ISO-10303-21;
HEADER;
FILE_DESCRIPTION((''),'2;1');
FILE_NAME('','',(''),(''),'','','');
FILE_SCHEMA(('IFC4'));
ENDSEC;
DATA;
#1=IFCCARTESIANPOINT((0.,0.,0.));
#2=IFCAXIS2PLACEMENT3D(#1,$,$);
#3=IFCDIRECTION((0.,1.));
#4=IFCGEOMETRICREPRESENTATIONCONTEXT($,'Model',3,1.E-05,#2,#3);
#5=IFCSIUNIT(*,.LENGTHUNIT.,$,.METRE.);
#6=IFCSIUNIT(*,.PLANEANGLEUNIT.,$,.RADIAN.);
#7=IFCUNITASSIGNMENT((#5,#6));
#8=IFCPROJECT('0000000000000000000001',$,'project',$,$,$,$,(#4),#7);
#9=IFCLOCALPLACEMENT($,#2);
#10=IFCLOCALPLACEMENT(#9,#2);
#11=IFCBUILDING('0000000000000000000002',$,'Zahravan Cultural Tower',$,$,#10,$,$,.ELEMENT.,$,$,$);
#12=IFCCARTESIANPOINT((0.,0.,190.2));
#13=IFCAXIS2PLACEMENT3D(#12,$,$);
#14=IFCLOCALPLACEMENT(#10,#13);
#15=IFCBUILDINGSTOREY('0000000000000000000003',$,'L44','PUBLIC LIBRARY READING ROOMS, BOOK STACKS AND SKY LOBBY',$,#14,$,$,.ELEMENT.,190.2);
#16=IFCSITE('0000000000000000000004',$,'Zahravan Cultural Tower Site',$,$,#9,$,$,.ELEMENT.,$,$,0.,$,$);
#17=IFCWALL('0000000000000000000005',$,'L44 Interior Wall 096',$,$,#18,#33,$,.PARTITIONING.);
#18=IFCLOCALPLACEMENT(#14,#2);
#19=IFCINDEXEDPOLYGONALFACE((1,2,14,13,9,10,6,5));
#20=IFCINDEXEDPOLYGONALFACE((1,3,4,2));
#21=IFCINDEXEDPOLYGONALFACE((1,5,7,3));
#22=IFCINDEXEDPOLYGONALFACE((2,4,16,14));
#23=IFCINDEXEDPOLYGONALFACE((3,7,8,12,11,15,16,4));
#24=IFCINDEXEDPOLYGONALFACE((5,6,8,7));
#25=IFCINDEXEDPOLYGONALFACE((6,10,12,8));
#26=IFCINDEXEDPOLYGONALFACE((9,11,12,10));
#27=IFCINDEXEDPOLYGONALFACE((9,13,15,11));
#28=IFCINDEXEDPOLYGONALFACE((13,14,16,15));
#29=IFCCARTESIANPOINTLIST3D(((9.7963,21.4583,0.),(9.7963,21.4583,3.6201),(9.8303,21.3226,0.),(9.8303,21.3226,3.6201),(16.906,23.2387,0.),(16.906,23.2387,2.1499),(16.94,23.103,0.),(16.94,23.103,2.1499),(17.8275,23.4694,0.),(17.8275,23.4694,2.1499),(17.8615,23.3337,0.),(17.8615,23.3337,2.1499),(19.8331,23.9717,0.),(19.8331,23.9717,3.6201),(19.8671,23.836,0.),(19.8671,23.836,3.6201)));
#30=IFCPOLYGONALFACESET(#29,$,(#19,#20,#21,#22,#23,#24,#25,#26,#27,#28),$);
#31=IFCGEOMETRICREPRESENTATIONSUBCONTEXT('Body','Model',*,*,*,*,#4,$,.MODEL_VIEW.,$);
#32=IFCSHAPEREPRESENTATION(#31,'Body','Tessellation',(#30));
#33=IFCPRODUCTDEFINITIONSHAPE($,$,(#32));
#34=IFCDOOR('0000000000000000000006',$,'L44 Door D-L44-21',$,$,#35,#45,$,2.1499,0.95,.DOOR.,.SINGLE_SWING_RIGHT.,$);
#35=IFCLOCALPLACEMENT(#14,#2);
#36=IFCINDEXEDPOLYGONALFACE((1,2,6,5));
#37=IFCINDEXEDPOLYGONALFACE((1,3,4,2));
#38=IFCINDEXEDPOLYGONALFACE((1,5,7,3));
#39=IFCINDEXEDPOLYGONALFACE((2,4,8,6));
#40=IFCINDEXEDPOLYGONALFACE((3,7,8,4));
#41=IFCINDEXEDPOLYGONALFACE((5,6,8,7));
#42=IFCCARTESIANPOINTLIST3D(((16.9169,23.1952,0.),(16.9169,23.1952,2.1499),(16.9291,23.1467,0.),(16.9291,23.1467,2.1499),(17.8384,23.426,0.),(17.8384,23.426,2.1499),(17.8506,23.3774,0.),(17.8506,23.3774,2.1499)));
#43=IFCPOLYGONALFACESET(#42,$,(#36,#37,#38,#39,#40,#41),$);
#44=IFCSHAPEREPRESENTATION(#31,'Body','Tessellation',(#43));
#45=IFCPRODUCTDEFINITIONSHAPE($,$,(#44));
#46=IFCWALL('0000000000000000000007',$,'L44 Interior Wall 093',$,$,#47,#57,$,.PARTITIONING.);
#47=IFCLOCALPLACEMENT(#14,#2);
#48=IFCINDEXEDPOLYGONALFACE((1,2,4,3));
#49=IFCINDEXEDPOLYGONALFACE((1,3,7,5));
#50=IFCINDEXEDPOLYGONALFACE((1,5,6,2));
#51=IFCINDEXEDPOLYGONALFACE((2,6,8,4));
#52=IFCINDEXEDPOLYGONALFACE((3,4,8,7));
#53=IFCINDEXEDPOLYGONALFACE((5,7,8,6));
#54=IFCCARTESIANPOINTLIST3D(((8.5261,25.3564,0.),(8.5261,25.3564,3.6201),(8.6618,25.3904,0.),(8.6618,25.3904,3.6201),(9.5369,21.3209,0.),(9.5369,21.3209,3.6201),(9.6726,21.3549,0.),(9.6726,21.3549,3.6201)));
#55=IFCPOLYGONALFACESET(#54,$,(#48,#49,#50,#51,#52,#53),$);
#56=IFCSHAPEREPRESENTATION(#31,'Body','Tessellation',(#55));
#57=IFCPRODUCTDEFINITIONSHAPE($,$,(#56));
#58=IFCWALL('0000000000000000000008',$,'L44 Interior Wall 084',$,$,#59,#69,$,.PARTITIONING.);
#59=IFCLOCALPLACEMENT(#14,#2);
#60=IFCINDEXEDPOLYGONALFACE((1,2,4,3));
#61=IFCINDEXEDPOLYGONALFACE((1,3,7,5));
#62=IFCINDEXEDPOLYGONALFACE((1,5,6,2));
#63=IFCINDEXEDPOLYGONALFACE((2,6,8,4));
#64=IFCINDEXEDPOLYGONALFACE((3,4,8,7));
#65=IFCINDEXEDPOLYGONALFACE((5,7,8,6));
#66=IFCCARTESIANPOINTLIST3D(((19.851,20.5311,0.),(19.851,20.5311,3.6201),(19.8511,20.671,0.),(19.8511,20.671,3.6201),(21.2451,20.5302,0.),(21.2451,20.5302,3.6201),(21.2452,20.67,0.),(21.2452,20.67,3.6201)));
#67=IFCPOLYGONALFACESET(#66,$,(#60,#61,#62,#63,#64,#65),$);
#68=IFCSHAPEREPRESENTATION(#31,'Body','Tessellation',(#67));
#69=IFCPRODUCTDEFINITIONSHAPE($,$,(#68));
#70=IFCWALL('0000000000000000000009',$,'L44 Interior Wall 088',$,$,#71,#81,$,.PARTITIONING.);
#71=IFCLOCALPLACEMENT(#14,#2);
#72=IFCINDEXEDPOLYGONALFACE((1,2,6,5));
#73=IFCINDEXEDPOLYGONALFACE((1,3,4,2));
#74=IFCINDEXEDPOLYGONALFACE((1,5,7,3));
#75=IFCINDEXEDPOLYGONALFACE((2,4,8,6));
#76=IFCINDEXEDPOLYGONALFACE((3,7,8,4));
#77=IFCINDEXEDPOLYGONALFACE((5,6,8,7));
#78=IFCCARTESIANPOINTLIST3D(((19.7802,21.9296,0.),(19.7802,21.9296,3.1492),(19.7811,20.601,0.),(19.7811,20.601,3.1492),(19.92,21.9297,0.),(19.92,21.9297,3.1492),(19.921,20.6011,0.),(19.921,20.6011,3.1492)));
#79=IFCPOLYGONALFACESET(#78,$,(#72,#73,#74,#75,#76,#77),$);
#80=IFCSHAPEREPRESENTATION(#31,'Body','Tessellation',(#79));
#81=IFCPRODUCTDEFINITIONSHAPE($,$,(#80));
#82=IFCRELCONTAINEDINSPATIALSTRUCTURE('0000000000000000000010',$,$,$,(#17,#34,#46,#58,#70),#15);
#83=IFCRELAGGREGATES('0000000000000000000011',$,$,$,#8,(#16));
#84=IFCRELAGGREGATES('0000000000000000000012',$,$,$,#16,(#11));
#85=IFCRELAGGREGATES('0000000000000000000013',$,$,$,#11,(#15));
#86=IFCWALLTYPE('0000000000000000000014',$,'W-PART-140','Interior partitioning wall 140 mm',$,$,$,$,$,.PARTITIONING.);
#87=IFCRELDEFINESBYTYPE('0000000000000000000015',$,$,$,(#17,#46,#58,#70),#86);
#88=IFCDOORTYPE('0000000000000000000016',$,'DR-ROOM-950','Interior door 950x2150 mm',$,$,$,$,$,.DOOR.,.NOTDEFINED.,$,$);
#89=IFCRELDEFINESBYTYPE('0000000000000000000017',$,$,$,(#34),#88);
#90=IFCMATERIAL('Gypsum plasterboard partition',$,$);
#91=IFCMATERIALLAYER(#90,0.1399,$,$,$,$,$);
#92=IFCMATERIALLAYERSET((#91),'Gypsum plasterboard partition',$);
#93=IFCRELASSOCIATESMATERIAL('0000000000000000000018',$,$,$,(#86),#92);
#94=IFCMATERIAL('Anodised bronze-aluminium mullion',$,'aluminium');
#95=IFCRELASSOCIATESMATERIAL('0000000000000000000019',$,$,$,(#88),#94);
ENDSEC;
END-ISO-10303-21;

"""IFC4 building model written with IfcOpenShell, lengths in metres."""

from ifc_helpers import new_model, si_unit, direction, frame, frame_2d, origin, place, context, subcontext, project, spatial, rectangle, extrude, source, transform, mapped, material, layer, layer_set, type_object, element, fill, save


model = new_model("IFC4")

# Units and contexts
model_context = context("Model", 3, precision=1e-05, world=origin(), true_north=direction((0.0, 1.0)))
body_context = subcontext(model_context, "Body", "Model", "MODEL_VIEW")
ifc_project = project(units=[si_unit("LENGTHUNIT", "METRE"), si_unit("PLANEANGLEUNIT", "RADIAN")], contexts=[model_context])

# Site, building, storey
site_placement = place(None, origin())
site = spatial("IfcSite", under=ifc_project, at=site_placement, Name="Zahravan Cultural Tower Site", CompositionType="ELEMENT", RefElevation=0.0)
building_placement = place(site_placement, origin())
building = spatial("IfcBuilding", under=site, at=building_placement, Name="Zahravan Cultural Tower", CompositionType="ELEMENT")
storey_placement = place(building_placement, frame((0.0, 0.0, 190.2)))
storey = spatial("IfcBuildingStorey", under=building, at=storey_placement, Name="L44", Description="PUBLIC LIBRARY READING ROOMS, BOOK STACKS AND SKY LOBBY", CompositionType="ELEMENT", Elevation=190.2)

# Shared definitions
ifc_material_1 = material(Name="Anodised bronze-aluminium mullion", Category="aluminium")

# Wall, opening, door
ifc_material_2 = material(Name="Gypsum plasterboard partition")
ifc_layer_1 = layer(ifc_material_2, 0.1399)
ifc_layer_set_1 = layer_set([ifc_layer_1], Name="Gypsum plasterboard partition")
wall_type = type_object("IfcWallType", Name="W-PART-140", Description="Interior partitioning wall 140 mm", PredefinedType="PARTITIONING", material=ifc_layer_set_1)
door_type = type_object("IfcDoorType", Name="DR-ROOM-950", Description="Interior door 950x2150 mm", OperationType="NOTDEFINED", PredefinedType="DOOR", material=ifc_material_1)
shared_shape_1 = source(origin(), body_context, "Body", "SweptSolid", [
    extrude(rectangle(XDim=0.95, YDim=2.1499, at=frame_2d((0.4751, 1.075))), frame((0.0, 0.0249, 0.0), z_axis=(0.0, -1.0, 0.0), x_axis=(1.0, 0.0, 0.0)), (0.0, 0.0, 1.0), 0.05),
])
wall_1_placement = place(storey_placement, frame((19.8501, 23.9038, 0.0), z_axis=(0.0, 0.0, 1.0), x_axis=(-0.970047, -0.242919, 0.0)))
wall_1 = element("IfcWall", 1, at=wall_1_placement, inside=storey, type_object=wall_type, Name="L44 Interior Wall 096", PredefinedType="PARTITIONING", context=body_context, shape_type="SweptSolid", body=[
    extrude(rectangle(XDim=10.3467, YDim=0.1399, at=frame_2d((5.1733, 0.0))), origin(), (0.0, 0.0, 1.0), 3.6201),
])
opening_1_placement = place(wall_1_placement, frame((2.0674, 0.0, 0.0)))
opening_1 = element("IfcOpeningElement", 2, at=opening_1_placement, cuts=wall_1, PredefinedType="OPENING", context=body_context, shape_type="SweptSolid", body=[
    extrude(rectangle(XDim=0.95, YDim=2.1499, at=frame_2d((0.4751, 1.075))), frame((0.0, 0.0798, 0.0), z_axis=(0.0, -1.0, 0.0), x_axis=(1.0, 0.0, 0.0)), (0.0, 0.0, 1.0), 0.1599),
])
door_1_placement = place(opening_1_placement, origin())
door_1 = element("IfcDoor", 3, at=door_1_placement, inside=storey, type_object=door_type, Name="L44 Door D-L44-21", OperationType="SINGLE_SWING_RIGHT", OverallHeight=2.1499, OverallWidth=0.95, PredefinedType="DOOR", context=body_context, shape_type="MappedRepresentation", body=[
    mapped(shared_shape_1, transform((0.0, 0.0, 0.0), x_axis=(1.0, 0.0, 0.0), y_axis=(0.0, 1.0, 0.0), z_axis=(0.0, 0.0, 1.0), scale=1.0)),
])
fill(opening_1, door_1)

# Walls
shared_shape_2 = source(origin(), body_context, "Body", "SweptSolid", [
    extrude(rectangle(XDim=4.1602, YDim=0.1399, at=frame_2d((2.0801, 0.0))), origin(), (0.0, 0.0, 1.0), 3.6201),
])
wall_2_placement = place(storey_placement, frame((9.6047, 21.3379, 0.0), z_axis=(0.0, 0.0, 1.0), x_axis=(-0.242964, 0.970035, 0.0)))
element("IfcWall", 4, at=wall_2_placement, inside=storey, type_object=wall_type, Name="L44 Interior Wall 093", PredefinedType="PARTITIONING", context=body_context, shape_type="MappedRepresentation", body=[
    mapped(shared_shape_2, transform((0.0, 0.0, 0.0), x_axis=(1.0, 0.0, 0.0), y_axis=(0.0, 1.0, 0.0), z_axis=(0.0, 0.0, 1.0), scale=1.0)),
])
shared_shape_3 = source(origin(), body_context, "Body", "SweptSolid", [
    extrude(rectangle(XDim=1.394, YDim=0.1399, at=frame_2d((0.697, 0.0))), origin(), (0.0, 0.0, 1.0), 3.6201),
])
wall_3_placement = place(storey_placement, frame((19.8511, 20.6011, 0.0), z_axis=(0.0, 0.0, 1.0), x_axis=(1.0, -0.000701, 0.0)))
element("IfcWall", 5, at=wall_3_placement, inside=storey, type_object=wall_type, Name="L44 Interior Wall 084", PredefinedType="PARTITIONING", context=body_context, shape_type="MappedRepresentation", body=[
    mapped(shared_shape_3, transform((0.0, 0.0, 0.0), x_axis=(1.0, 0.0, 0.0), y_axis=(0.0, 1.0, 0.0), z_axis=(0.0, 0.0, 1.0), scale=1.0)),
])
shared_shape_4 = source(origin(), body_context, "Body", "SweptSolid", [
    extrude(rectangle(XDim=1.3286, YDim=0.1399, at=frame_2d((0.6643, 0.0))), origin(), (0.0, 0.0, 1.0), 3.1492),
])
wall_4_placement = place(storey_placement, frame((19.8501, 21.9297, 0.0), z_axis=(0.0, 0.0, 1.0), x_axis=(0.000735, -1.0, 0.0)))
element("IfcWall", 6, at=wall_4_placement, inside=storey, type_object=wall_type, Name="L44 Interior Wall 088", PredefinedType="PARTITIONING", context=body_context, shape_type="MappedRepresentation", body=[
    mapped(shared_shape_4, transform((0.0, 0.0, 0.0), x_axis=(1.0, 0.0, 0.0), y_axis=(0.0, 1.0, 0.0), z_axis=(0.0, 0.0, 1.0), scale=1.0)),
])

save(model, "model.ifc")
